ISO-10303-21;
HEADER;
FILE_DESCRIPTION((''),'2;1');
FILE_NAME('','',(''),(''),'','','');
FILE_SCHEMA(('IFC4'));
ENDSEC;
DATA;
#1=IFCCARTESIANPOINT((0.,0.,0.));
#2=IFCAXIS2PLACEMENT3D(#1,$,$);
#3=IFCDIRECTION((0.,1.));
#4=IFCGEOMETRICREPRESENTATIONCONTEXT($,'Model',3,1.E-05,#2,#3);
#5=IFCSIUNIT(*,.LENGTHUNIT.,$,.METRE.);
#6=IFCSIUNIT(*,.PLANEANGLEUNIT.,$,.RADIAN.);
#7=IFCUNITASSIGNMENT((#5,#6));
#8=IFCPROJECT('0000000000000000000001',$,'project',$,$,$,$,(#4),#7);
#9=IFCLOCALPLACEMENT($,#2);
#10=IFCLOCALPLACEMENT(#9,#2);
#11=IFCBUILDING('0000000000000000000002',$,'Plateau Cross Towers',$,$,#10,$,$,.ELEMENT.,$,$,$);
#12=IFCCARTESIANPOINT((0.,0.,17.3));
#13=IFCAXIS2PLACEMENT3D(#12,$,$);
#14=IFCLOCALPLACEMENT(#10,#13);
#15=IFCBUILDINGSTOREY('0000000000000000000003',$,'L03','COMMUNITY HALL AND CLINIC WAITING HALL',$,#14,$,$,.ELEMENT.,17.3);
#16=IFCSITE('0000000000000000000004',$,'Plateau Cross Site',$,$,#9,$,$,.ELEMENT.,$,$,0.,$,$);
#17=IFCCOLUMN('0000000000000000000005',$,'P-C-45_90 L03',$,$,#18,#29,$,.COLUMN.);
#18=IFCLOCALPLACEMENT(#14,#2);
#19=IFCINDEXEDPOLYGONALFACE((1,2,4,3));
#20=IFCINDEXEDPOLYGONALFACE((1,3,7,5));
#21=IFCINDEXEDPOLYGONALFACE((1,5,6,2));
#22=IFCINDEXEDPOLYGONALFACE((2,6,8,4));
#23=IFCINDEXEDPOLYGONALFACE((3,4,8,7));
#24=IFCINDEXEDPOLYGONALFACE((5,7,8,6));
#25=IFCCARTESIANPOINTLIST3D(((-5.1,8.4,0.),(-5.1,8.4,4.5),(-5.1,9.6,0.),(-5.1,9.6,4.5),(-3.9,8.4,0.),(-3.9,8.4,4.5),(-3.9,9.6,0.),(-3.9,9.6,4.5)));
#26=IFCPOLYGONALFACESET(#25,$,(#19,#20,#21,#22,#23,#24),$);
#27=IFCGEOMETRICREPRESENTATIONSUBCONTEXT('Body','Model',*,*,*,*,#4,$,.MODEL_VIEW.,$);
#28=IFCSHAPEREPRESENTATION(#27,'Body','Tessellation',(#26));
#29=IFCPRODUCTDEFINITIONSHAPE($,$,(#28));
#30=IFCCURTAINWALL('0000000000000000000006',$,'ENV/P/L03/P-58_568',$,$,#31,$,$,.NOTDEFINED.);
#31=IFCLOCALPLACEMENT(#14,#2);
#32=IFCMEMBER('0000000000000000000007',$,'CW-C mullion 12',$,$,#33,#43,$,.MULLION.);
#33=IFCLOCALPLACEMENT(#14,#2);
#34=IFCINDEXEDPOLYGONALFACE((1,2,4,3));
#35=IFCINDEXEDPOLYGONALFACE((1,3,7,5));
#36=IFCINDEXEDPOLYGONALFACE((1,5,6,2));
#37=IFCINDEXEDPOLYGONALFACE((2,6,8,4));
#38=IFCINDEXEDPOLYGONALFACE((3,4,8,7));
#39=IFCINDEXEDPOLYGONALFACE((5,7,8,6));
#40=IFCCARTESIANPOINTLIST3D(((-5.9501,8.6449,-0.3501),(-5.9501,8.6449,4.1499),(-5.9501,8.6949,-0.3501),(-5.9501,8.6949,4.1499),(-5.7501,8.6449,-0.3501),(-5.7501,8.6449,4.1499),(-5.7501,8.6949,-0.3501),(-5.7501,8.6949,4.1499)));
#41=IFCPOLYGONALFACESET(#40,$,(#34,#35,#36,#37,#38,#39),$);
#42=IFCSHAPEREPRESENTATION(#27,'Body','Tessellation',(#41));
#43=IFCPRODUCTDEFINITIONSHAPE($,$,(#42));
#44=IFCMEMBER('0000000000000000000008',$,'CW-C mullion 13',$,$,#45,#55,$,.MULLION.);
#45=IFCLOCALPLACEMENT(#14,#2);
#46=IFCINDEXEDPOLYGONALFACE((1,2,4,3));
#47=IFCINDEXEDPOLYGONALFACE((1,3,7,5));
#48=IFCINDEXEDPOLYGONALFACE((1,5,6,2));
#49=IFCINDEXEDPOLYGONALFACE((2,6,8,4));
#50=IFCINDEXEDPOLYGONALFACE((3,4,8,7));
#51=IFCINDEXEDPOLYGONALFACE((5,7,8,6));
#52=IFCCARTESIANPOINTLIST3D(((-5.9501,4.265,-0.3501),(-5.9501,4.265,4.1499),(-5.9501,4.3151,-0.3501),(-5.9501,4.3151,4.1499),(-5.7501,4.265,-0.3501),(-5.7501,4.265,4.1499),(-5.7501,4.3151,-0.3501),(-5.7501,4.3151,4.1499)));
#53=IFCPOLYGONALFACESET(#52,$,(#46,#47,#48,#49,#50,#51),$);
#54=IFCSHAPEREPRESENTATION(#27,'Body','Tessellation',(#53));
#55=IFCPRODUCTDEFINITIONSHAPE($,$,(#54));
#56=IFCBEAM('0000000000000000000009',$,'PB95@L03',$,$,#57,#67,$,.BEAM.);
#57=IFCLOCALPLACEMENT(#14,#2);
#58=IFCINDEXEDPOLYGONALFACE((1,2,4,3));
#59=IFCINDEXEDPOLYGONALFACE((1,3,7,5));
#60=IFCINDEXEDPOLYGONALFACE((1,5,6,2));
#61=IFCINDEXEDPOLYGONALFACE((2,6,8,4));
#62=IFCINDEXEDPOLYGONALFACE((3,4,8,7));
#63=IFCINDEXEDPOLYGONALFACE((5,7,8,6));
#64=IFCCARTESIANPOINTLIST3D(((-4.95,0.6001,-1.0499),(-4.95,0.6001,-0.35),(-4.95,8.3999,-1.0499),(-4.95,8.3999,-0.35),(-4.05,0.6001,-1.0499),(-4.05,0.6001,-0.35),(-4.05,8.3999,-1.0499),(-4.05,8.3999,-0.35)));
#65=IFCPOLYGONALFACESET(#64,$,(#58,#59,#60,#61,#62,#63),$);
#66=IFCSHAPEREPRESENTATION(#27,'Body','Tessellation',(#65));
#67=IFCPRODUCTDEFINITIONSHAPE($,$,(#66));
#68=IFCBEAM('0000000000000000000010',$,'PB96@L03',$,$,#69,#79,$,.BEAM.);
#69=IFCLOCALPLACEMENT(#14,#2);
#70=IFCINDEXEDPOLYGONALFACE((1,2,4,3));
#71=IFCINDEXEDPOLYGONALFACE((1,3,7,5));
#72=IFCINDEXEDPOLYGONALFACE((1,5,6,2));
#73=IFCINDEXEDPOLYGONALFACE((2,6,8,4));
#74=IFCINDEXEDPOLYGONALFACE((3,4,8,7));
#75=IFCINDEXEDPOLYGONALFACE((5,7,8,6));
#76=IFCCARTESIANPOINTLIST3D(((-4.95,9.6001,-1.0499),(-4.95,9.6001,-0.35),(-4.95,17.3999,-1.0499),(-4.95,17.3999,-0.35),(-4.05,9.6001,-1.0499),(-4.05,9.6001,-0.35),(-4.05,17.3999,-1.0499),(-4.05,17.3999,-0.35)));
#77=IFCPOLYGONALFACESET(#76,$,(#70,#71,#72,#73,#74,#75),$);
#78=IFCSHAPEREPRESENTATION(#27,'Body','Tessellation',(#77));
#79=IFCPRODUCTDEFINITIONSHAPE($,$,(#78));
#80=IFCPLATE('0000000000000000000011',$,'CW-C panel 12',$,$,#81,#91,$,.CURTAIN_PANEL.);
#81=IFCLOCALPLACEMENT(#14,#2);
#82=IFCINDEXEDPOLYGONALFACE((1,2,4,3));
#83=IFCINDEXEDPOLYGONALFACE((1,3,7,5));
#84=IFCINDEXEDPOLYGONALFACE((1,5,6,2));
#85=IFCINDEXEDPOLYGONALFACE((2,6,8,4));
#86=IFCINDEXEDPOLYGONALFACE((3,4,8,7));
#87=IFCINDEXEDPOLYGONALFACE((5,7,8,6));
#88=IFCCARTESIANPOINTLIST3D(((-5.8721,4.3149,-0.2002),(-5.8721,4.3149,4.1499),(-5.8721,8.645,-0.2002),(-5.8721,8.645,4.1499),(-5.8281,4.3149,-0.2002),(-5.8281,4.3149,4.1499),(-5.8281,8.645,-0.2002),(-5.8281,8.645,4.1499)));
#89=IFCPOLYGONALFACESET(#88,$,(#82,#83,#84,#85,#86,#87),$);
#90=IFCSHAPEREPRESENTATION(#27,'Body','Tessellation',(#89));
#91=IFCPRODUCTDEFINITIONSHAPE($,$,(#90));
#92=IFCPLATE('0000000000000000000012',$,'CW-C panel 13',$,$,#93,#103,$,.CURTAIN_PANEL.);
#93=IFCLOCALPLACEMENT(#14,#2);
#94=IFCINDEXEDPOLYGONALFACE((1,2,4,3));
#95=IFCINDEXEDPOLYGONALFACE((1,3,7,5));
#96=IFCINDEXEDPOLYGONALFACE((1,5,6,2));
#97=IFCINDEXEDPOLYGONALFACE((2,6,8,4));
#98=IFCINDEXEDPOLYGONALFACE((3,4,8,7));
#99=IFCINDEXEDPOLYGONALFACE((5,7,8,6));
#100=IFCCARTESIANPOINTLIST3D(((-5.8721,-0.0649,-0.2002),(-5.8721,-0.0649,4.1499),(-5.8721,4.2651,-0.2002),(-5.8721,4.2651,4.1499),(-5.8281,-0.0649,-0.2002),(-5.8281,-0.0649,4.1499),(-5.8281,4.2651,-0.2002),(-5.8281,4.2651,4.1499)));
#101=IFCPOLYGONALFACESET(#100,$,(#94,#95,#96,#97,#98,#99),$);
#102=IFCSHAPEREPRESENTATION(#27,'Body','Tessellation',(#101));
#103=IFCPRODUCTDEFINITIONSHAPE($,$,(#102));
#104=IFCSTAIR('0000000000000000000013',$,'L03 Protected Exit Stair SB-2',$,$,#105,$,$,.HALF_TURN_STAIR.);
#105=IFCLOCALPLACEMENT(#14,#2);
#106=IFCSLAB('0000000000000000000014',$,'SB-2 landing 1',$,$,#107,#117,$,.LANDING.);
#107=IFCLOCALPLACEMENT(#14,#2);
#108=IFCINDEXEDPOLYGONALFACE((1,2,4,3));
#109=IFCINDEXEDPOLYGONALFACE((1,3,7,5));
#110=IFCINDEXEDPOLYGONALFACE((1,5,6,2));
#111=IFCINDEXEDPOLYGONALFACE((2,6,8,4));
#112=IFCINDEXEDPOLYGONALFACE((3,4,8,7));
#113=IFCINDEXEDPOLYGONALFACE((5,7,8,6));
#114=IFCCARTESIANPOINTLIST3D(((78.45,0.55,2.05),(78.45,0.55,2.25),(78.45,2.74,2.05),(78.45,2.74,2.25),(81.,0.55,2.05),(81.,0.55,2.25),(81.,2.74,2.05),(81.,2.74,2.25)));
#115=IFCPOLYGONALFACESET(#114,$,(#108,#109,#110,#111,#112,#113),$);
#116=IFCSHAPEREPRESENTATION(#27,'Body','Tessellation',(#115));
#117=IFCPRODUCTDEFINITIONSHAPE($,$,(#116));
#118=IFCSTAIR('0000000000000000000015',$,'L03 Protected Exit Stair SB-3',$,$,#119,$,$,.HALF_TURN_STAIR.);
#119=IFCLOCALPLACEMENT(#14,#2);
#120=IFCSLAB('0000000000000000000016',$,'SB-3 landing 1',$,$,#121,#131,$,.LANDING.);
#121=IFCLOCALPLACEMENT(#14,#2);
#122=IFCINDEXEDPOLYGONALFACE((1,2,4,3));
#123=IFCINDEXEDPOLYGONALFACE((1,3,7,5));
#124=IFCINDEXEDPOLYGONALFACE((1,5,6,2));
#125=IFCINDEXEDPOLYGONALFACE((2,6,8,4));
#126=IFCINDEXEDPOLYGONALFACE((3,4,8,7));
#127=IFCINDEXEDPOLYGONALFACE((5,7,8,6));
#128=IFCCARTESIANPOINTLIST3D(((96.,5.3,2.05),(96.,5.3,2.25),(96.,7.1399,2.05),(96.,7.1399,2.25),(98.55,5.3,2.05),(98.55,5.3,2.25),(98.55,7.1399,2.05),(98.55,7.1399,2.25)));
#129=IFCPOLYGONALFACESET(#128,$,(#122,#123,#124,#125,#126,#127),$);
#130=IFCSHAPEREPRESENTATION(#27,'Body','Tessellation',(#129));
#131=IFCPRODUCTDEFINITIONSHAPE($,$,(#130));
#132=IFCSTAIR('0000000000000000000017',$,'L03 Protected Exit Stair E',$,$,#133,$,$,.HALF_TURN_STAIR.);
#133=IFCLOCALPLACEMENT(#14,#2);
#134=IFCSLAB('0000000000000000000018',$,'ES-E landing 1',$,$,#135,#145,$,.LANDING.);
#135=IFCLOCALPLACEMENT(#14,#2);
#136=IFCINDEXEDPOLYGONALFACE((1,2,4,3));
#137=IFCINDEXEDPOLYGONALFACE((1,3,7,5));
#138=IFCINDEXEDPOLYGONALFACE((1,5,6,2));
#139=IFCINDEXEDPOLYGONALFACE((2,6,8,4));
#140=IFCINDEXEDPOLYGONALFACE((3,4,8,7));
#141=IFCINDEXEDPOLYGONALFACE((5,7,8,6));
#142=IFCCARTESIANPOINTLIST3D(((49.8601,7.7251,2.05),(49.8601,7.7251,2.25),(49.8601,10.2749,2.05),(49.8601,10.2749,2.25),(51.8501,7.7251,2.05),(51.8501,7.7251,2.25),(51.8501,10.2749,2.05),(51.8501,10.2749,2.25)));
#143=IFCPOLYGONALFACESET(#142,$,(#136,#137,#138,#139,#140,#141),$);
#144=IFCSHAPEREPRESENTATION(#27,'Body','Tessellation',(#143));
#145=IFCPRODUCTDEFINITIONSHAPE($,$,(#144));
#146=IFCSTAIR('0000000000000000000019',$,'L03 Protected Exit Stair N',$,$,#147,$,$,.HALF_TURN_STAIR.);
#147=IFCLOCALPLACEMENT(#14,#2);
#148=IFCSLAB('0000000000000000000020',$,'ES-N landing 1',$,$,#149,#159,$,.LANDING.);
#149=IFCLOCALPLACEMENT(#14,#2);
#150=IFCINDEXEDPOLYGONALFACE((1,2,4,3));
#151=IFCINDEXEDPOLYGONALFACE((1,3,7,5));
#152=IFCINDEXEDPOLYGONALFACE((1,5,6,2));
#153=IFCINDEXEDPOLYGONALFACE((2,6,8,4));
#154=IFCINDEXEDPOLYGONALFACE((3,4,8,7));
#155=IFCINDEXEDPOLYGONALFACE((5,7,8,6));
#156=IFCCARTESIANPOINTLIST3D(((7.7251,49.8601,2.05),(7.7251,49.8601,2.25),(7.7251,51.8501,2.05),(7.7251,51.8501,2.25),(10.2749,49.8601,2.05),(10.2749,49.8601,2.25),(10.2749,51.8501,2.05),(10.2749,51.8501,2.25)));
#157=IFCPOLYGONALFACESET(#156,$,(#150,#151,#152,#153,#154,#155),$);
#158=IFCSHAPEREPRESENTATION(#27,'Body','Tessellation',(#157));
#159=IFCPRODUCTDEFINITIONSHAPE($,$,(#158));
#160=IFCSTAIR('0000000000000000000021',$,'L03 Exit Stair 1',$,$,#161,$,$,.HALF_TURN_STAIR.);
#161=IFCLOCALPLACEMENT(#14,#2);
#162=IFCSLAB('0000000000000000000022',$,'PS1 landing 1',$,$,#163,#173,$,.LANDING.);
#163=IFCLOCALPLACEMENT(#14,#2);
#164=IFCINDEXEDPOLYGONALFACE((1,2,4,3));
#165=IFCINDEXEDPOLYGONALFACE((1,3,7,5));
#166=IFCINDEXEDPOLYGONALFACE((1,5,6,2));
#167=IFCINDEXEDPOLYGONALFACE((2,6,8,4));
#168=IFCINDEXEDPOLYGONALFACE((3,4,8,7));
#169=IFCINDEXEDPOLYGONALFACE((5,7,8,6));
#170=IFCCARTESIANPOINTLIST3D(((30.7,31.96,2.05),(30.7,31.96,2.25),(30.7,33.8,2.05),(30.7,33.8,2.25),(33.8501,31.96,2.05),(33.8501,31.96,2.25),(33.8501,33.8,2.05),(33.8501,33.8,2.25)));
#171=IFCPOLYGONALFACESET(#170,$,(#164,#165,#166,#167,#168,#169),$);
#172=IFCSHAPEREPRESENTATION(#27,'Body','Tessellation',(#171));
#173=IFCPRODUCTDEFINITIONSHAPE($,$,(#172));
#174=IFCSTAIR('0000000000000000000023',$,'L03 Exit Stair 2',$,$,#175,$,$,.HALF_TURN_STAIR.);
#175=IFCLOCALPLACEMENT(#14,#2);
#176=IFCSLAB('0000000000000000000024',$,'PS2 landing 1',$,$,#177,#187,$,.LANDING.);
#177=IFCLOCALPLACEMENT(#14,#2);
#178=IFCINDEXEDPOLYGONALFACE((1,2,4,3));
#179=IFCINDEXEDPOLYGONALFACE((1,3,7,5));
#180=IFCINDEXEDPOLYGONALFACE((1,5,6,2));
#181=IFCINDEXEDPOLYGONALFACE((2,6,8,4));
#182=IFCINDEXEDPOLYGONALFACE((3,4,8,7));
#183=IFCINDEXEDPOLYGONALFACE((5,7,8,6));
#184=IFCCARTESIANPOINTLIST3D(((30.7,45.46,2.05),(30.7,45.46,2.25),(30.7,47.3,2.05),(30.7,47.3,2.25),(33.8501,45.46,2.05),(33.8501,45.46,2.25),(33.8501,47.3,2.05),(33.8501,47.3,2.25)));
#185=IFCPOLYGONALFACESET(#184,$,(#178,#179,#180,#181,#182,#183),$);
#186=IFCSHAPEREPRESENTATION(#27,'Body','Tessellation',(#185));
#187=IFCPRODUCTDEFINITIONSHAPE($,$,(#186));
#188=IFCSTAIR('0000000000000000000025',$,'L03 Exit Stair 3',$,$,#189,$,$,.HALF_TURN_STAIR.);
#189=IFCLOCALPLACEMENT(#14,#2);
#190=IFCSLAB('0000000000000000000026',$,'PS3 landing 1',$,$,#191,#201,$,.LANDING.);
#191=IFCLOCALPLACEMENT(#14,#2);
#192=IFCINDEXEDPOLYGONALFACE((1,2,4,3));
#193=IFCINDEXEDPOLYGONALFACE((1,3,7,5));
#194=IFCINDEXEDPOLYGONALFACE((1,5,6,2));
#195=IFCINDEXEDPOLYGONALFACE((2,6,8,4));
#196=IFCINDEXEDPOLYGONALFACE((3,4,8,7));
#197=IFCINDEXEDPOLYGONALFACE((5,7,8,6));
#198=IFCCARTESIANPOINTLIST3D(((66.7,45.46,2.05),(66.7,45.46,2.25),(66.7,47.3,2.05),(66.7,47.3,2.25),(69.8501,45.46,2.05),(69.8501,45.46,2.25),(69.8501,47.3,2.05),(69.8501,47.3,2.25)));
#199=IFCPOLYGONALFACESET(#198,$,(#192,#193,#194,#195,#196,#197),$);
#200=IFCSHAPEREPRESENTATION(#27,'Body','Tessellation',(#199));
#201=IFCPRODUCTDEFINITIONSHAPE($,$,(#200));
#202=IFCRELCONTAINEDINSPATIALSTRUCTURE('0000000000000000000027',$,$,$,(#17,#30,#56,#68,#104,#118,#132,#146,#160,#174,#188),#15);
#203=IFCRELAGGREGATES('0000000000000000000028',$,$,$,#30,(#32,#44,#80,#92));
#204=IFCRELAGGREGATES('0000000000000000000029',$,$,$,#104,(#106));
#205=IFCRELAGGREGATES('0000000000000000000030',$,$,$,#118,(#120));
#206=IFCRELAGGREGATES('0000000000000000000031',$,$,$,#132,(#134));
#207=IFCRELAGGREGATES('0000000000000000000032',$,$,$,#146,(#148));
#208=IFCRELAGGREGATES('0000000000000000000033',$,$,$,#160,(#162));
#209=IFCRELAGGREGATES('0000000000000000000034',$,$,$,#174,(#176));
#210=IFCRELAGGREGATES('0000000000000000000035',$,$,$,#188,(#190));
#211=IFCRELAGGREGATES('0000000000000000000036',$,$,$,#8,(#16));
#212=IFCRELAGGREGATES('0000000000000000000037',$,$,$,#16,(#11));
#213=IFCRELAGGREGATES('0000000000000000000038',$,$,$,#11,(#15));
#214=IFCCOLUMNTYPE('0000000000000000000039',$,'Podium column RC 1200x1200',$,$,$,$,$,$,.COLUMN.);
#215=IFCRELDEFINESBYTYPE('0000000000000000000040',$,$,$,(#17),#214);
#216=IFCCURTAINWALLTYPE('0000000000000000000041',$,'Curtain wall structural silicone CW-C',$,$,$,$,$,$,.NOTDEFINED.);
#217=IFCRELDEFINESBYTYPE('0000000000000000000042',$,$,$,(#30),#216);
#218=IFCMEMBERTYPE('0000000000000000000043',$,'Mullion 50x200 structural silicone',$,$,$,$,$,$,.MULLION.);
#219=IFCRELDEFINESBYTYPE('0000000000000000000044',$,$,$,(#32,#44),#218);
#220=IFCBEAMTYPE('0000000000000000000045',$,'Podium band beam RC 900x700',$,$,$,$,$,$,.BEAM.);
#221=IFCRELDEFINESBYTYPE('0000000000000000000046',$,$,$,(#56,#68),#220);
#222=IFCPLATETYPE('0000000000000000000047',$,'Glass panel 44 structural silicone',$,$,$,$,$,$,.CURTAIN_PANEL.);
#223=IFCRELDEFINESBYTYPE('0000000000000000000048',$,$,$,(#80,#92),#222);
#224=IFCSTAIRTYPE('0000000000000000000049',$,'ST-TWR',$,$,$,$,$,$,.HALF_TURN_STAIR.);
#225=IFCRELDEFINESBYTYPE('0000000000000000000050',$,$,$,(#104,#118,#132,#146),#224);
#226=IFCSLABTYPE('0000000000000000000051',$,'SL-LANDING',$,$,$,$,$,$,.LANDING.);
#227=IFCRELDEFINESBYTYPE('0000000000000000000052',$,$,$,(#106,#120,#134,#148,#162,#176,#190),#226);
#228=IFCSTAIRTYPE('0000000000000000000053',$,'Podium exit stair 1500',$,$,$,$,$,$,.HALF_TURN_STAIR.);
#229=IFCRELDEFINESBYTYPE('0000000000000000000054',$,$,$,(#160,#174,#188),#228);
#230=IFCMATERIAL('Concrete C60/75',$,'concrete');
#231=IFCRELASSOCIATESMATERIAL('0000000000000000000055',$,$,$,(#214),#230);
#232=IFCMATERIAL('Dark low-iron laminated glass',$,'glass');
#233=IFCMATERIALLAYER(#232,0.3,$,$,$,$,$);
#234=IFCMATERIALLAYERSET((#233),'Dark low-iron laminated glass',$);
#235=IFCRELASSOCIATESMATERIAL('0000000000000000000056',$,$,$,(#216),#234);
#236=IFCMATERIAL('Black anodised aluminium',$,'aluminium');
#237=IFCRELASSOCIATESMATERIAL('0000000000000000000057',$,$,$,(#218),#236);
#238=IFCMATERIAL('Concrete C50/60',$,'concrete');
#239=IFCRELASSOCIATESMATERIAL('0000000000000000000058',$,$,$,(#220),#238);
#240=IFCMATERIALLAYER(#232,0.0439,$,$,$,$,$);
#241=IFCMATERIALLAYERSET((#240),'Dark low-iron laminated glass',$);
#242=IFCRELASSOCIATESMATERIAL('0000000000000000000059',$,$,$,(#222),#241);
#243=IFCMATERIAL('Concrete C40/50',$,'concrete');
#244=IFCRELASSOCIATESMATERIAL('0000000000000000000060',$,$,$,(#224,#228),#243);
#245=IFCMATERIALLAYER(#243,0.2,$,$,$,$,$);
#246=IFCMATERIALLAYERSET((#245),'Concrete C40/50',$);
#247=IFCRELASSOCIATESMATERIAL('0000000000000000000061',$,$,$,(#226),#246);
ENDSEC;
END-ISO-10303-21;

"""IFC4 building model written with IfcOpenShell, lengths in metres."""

from ifc_helpers import new_model, si_unit, direction, frame, origin, origin_2d, place, context, subcontext, project, spatial, polyline, rectangle, outline, extrude, material, layer, layer_set, material_profile, profile_set, type_object, element, aggregate, save


model = new_model("IFC4")

# Units and contexts
model_context = context("Model", 3, precision=1e-05, world=origin(), true_north=direction((0.0, 1.0)))
body_context = subcontext(model_context, "Body", "Model", "MODEL_VIEW")
ifc_project = project(units=[si_unit("LENGTHUNIT", "METRE"), si_unit("PLANEANGLEUNIT", "RADIAN")], contexts=[model_context])

# Site, building, storey
site_placement = place(None, origin())
site = spatial("IfcSite", under=ifc_project, at=site_placement, Name="Plateau Cross Site", CompositionType="ELEMENT", RefElevation=0.0)
building_placement = place(site_placement, origin())
building = spatial("IfcBuilding", under=site, at=building_placement, Name="Plateau Cross Towers", CompositionType="ELEMENT")
storey_placement = place(building_placement, frame((0.0, 0.0, 17.3)))
storey = spatial("IfcBuildingStorey", under=building, at=storey_placement, Name="L03", Description="COMMUNITY HALL AND CLINIC WAITING HALL", CompositionType="ELEMENT", Elevation=17.3)

# Column
ifc_material_1 = material(Name="Concrete C60/75", Category="concrete")
ifc_material_profile_1 = material_profile(ifc_material_1, rectangle(XDim=1.2, YDim=1.2, at=origin_2d()), Name="RC 1200x1200")
ifc_profile_set_1 = profile_set([ifc_material_profile_1], Name="Concrete C60/75")
column_type = type_object("IfcColumnType", Name="Podium column RC 1200x1200", PredefinedType="COLUMN", material=ifc_profile_set_1)
column_placement = place(storey_placement, frame((-4.5, 9.0, 0.0), z_axis=(0.0, 0.0, 1.0), x_axis=(1.0, 0.0, 0.0)))
element("IfcColumn", 1, at=column_placement, inside=storey, type_object=column_type, Name="P-C-45_90 L03", PredefinedType="COLUMN", context=body_context, shape_type="SweptSolid", body=[
    extrude(rectangle(XDim=1.2, YDim=1.2, at=origin_2d()), origin(), (0.0, 0.0, 1.0), 4.5),
])

# Curtain wall, members
ifc_material_2 = material(Name="Dark low-iron laminated glass", Category="glass")
ifc_layer_1 = layer(ifc_material_2, 0.3)
ifc_layer_set_1 = layer_set([ifc_layer_1], Name="Dark low-iron laminated glass")
curtain_wall_type = type_object("IfcCurtainWallType", Name="Curtain wall structural silicone CW-C", PredefinedType="NOTDEFINED", material=ifc_layer_set_1)
curtain_wall_placement = place(storey_placement, origin())
curtain_wall = element("IfcCurtainWall", 2, at=curtain_wall_placement, inside=storey, type_object=curtain_wall_type, Name="ENV/P/L03/P-58_568", PredefinedType="NOTDEFINED")
ifc_material_3 = material(Name="Black anodised aluminium", Category="aluminium")
ifc_material_profile_2 = material_profile(ifc_material_3, rectangle(XDim=0.05, YDim=0.2, at=origin_2d()), Name="MULLION 50x200")
ifc_profile_set_2 = profile_set([ifc_material_profile_2], Name="Black anodised aluminium")
member_type = type_object("IfcMemberType", Name="Mullion 50x200 structural silicone", PredefinedType="MULLION", material=ifc_profile_set_2)
member_1_placement = place(storey_placement, frame((-5.8501, 8.6699, -0.3501), z_axis=(0.0, 0.0, 1.0), x_axis=(0.0, -1.0, 0.0)))
member_1 = element("IfcMember", 3, at=member_1_placement, type_object=member_type, Name="CW-C mullion 12", PredefinedType="MULLION", context=body_context, shape_type="SweptSolid", body=[
    extrude(rectangle(XDim=0.05, YDim=0.2, at=origin_2d()), origin(), (0.0, 0.0, 1.0), 4.5),
])
member_2_placement = place(storey_placement, frame((-5.8501, 4.29, -0.3501), z_axis=(0.0, 0.0, 1.0), x_axis=(0.0, -1.0, 0.0)))
member_2 = element("IfcMember", 4, at=member_2_placement, type_object=member_type, Name="CW-C mullion 13", PredefinedType="MULLION", context=body_context, shape_type="SweptSolid", body=[
    extrude(rectangle(XDim=0.05, YDim=0.2, at=origin_2d()), origin(), (0.0, 0.0, 1.0), 4.5),
])

# Beams
ifc_material_4 = material(Name="Concrete C50/60", Category="concrete")
ifc_material_profile_3 = material_profile(ifc_material_4, rectangle(XDim=0.8999, YDim=0.7, at=origin_2d()), Name="RC 900x700")
ifc_profile_set_3 = profile_set([ifc_material_profile_3], Name="Concrete C50/60")
beam_type = type_object("IfcBeamType", Name="Podium band beam RC 900x700", PredefinedType="BEAM", material=ifc_profile_set_3)
for number, where, z_axis, x_axis, name in (
    (5, (-4.5, 0.6001, -0.7), (0.0, 1.0, 0.0), (-1.0, 0.0, 0.0), "PB95@L03"),
    (6, (-4.5, 9.6001, -0.7), (0.0, 1.0, 0.0), (-1.0, 0.0, 0.0), "PB96@L03"),
):
    element("IfcBeam", number, at=place(storey_placement, frame(where, z_axis=z_axis, x_axis=x_axis)), inside=storey, type_object=beam_type, Name=name, PredefinedType="BEAM", context=body_context, shape_type="SweptSolid", body=[
        extrude(rectangle(XDim=0.8999, YDim=0.7, at=origin_2d()), origin(), (0.0, 0.0, 1.0), 7.7998),
    ])

# Plates
ifc_layer_2 = layer(ifc_material_2, 0.0439)
ifc_layer_set_2 = layer_set([ifc_layer_2], Name="Dark low-iron laminated glass")
plate_type = type_object("IfcPlateType", Name="Glass panel 44 structural silicone", PredefinedType="CURTAIN_PANEL", material=ifc_layer_set_2)
plate_1_placement = place(storey_placement, frame((-5.8501, 6.48, -0.2002), z_axis=(0.0, 0.0, 1.0), x_axis=(0.0, -1.0, 0.0)))
plate_1 = element("IfcPlate", 7, at=plate_1_placement, type_object=plate_type, Name="CW-C panel 12", PredefinedType="CURTAIN_PANEL", context=body_context, shape_type="SweptSolid", body=[
    extrude(rectangle(XDim=4.3301, YDim=0.0439, at=origin_2d()), origin(), (0.0, 0.0, 1.0), 4.3501),
])
plate_2_placement = place(storey_placement, frame((-5.8501, 2.1001, -0.2002), z_axis=(0.0, 0.0, 1.0), x_axis=(0.0, -1.0, 0.0)))
plate_2 = element("IfcPlate", 8, at=plate_2_placement, type_object=plate_type, Name="CW-C panel 13", PredefinedType="CURTAIN_PANEL", context=body_context, shape_type="SweptSolid", body=[
    extrude(rectangle(XDim=4.3301, YDim=0.0439, at=origin_2d()), origin(), (0.0, 0.0, 1.0), 4.3501),
])
aggregate(curtain_wall, [member_1, member_2, plate_1, plate_2])

# Stairs, slabs
ifc_material_5 = material(Name="Concrete C40/50", Category="concrete")
stair_type_1 = type_object("IfcStairType", Name="ST-TWR", PredefinedType="HALF_TURN_STAIR", material=ifc_material_5)
stair_1_placement = place(storey_placement, origin())
stair_1 = element("IfcStair", 9, at=stair_1_placement, inside=storey, type_object=stair_type_1, Name="L03 Protected Exit Stair SB-2", PredefinedType="HALF_TURN_STAIR")
ifc_layer_3 = layer(ifc_material_5, 0.2)
ifc_layer_set_3 = layer_set([ifc_layer_3], Name="Concrete C40/50")
slab_type = type_object("IfcSlabType", Name="SL-LANDING", PredefinedType="LANDING", material=ifc_layer_set_3)
slab_1_placement = place(storey_placement, frame((0.0, 0.0, 2.05)))
slab_1 = element("IfcSlab", 10, at=slab_1_placement, type_object=slab_type, Name="SB-2 landing 1", PredefinedType="LANDING", context=body_context, shape_type="SweptSolid", body=[
    extrude(outline(polyline([(78.45, 2.74), (78.45, 0.55), (81.0, 0.55), (81.0, 2.74), (78.45, 2.74)])), origin(), (0.0, 0.0, 1.0), 0.2),
])
aggregate(stair_1, [slab_1])
stair_2_placement = place(storey_placement, origin())
stair_2 = element("IfcStair", 11, at=stair_2_placement, inside=storey, type_object=stair_type_1, Name="L03 Protected Exit Stair SB-3", PredefinedType="HALF_TURN_STAIR")
slab_2_placement = place(storey_placement, frame((0.0, 0.0, 2.05)))
slab_2 = element("IfcSlab", 12, at=slab_2_placement, type_object=slab_type, Name="SB-3 landing 1", PredefinedType="LANDING", context=body_context, shape_type="SweptSolid", body=[
    extrude(outline(polyline([(96.0, 7.1399), (96.0, 5.3), (98.55, 5.3), (98.55, 7.1399), (96.0, 7.1399)])), origin(), (0.0, 0.0, 1.0), 0.2),
])
aggregate(stair_2, [slab_2])
stair_3_placement = place(storey_placement, origin())
stair_3 = element("IfcStair", 13, at=stair_3_placement, inside=storey, type_object=stair_type_1, Name="L03 Protected Exit Stair E", PredefinedType="HALF_TURN_STAIR")
slab_3_placement = place(storey_placement, frame((0.0, 0.0, 2.05)))
slab_3 = element("IfcSlab", 14, at=slab_3_placement, type_object=slab_type, Name="ES-E landing 1", PredefinedType="LANDING", context=body_context, shape_type="SweptSolid", body=[
    extrude(outline(polyline([(49.8601, 7.7251), (51.8501, 7.7251), (51.8501, 10.2749), (49.8601, 10.2749), (49.8601, 7.7251)])), origin(), (0.0, 0.0, 1.0), 0.2),
])
aggregate(stair_3, [slab_3])
stair_4_placement = place(storey_placement, origin())
stair_4 = element("IfcStair", 15, at=stair_4_placement, inside=storey, type_object=stair_type_1, Name="L03 Protected Exit Stair N", PredefinedType="HALF_TURN_STAIR")
slab_4_placement = place(storey_placement, frame((0.0, 0.0, 2.05)))
slab_4 = element("IfcSlab", 16, at=slab_4_placement, type_object=slab_type, Name="ES-N landing 1", PredefinedType="LANDING", context=body_context, shape_type="SweptSolid", body=[
    extrude(outline(polyline([(10.2749, 49.8601), (10.2749, 51.8501), (7.7251, 51.8501), (7.7251, 49.8601), (10.2749, 49.8601)])), origin(), (0.0, 0.0, 1.0), 0.2),
])
aggregate(stair_4, [slab_4])
stair_type_2 = type_object("IfcStairType", Name="Podium exit stair 1500", PredefinedType="HALF_TURN_STAIR", material=ifc_material_5)
stair_5_placement = place(storey_placement, origin())
stair_5 = element("IfcStair", 17, at=stair_5_placement, inside=storey, type_object=stair_type_2, Name="L03 Exit Stair 1", PredefinedType="HALF_TURN_STAIR")
slab_5_placement = place(storey_placement, frame((0.0, 0.0, 2.05)))
slab_5 = element("IfcSlab", 18, at=slab_5_placement, type_object=slab_type, Name="PS1 landing 1", PredefinedType="LANDING", context=body_context, shape_type="SweptSolid", body=[
    extrude(outline(polyline([(33.8501, 31.96), (33.8501, 33.8), (30.7, 33.8), (30.7, 31.96), (33.8501, 31.96)])), origin(), (0.0, 0.0, 1.0), 0.2),
])
aggregate(stair_5, [slab_5])
stair_6_placement = place(storey_placement, origin())
stair_6 = element("IfcStair", 19, at=stair_6_placement, inside=storey, type_object=stair_type_2, Name="L03 Exit Stair 2", PredefinedType="HALF_TURN_STAIR")
slab_6_placement = place(storey_placement, frame((0.0, 0.0, 2.05)))
slab_6 = element("IfcSlab", 20, at=slab_6_placement, type_object=slab_type, Name="PS2 landing 1", PredefinedType="LANDING", context=body_context, shape_type="SweptSolid", body=[
    extrude(outline(polyline([(33.8501, 45.46), (33.8501, 47.3), (30.7, 47.3), (30.7, 45.46), (33.8501, 45.46)])), origin(), (0.0, 0.0, 1.0), 0.2),
])
aggregate(stair_6, [slab_6])
stair_7_placement = place(storey_placement, origin())
stair_7 = element("IfcStair", 21, at=stair_7_placement, inside=storey, type_object=stair_type_2, Name="L03 Exit Stair 3", PredefinedType="HALF_TURN_STAIR")
slab_7_placement = place(storey_placement, frame((0.0, 0.0, 2.05)))
slab_7 = element("IfcSlab", 22, at=slab_7_placement, type_object=slab_type, Name="PS3 landing 1", PredefinedType="LANDING", context=body_context, shape_type="SweptSolid", body=[
    extrude(outline(polyline([(69.8501, 45.46), (69.8501, 47.3), (66.7, 47.3), (66.7, 45.46), (69.8501, 45.46)])), origin(), (0.0, 0.0, 1.0), 0.2),
])
aggregate(stair_7, [slab_7])

save(model, "model.ifc")
